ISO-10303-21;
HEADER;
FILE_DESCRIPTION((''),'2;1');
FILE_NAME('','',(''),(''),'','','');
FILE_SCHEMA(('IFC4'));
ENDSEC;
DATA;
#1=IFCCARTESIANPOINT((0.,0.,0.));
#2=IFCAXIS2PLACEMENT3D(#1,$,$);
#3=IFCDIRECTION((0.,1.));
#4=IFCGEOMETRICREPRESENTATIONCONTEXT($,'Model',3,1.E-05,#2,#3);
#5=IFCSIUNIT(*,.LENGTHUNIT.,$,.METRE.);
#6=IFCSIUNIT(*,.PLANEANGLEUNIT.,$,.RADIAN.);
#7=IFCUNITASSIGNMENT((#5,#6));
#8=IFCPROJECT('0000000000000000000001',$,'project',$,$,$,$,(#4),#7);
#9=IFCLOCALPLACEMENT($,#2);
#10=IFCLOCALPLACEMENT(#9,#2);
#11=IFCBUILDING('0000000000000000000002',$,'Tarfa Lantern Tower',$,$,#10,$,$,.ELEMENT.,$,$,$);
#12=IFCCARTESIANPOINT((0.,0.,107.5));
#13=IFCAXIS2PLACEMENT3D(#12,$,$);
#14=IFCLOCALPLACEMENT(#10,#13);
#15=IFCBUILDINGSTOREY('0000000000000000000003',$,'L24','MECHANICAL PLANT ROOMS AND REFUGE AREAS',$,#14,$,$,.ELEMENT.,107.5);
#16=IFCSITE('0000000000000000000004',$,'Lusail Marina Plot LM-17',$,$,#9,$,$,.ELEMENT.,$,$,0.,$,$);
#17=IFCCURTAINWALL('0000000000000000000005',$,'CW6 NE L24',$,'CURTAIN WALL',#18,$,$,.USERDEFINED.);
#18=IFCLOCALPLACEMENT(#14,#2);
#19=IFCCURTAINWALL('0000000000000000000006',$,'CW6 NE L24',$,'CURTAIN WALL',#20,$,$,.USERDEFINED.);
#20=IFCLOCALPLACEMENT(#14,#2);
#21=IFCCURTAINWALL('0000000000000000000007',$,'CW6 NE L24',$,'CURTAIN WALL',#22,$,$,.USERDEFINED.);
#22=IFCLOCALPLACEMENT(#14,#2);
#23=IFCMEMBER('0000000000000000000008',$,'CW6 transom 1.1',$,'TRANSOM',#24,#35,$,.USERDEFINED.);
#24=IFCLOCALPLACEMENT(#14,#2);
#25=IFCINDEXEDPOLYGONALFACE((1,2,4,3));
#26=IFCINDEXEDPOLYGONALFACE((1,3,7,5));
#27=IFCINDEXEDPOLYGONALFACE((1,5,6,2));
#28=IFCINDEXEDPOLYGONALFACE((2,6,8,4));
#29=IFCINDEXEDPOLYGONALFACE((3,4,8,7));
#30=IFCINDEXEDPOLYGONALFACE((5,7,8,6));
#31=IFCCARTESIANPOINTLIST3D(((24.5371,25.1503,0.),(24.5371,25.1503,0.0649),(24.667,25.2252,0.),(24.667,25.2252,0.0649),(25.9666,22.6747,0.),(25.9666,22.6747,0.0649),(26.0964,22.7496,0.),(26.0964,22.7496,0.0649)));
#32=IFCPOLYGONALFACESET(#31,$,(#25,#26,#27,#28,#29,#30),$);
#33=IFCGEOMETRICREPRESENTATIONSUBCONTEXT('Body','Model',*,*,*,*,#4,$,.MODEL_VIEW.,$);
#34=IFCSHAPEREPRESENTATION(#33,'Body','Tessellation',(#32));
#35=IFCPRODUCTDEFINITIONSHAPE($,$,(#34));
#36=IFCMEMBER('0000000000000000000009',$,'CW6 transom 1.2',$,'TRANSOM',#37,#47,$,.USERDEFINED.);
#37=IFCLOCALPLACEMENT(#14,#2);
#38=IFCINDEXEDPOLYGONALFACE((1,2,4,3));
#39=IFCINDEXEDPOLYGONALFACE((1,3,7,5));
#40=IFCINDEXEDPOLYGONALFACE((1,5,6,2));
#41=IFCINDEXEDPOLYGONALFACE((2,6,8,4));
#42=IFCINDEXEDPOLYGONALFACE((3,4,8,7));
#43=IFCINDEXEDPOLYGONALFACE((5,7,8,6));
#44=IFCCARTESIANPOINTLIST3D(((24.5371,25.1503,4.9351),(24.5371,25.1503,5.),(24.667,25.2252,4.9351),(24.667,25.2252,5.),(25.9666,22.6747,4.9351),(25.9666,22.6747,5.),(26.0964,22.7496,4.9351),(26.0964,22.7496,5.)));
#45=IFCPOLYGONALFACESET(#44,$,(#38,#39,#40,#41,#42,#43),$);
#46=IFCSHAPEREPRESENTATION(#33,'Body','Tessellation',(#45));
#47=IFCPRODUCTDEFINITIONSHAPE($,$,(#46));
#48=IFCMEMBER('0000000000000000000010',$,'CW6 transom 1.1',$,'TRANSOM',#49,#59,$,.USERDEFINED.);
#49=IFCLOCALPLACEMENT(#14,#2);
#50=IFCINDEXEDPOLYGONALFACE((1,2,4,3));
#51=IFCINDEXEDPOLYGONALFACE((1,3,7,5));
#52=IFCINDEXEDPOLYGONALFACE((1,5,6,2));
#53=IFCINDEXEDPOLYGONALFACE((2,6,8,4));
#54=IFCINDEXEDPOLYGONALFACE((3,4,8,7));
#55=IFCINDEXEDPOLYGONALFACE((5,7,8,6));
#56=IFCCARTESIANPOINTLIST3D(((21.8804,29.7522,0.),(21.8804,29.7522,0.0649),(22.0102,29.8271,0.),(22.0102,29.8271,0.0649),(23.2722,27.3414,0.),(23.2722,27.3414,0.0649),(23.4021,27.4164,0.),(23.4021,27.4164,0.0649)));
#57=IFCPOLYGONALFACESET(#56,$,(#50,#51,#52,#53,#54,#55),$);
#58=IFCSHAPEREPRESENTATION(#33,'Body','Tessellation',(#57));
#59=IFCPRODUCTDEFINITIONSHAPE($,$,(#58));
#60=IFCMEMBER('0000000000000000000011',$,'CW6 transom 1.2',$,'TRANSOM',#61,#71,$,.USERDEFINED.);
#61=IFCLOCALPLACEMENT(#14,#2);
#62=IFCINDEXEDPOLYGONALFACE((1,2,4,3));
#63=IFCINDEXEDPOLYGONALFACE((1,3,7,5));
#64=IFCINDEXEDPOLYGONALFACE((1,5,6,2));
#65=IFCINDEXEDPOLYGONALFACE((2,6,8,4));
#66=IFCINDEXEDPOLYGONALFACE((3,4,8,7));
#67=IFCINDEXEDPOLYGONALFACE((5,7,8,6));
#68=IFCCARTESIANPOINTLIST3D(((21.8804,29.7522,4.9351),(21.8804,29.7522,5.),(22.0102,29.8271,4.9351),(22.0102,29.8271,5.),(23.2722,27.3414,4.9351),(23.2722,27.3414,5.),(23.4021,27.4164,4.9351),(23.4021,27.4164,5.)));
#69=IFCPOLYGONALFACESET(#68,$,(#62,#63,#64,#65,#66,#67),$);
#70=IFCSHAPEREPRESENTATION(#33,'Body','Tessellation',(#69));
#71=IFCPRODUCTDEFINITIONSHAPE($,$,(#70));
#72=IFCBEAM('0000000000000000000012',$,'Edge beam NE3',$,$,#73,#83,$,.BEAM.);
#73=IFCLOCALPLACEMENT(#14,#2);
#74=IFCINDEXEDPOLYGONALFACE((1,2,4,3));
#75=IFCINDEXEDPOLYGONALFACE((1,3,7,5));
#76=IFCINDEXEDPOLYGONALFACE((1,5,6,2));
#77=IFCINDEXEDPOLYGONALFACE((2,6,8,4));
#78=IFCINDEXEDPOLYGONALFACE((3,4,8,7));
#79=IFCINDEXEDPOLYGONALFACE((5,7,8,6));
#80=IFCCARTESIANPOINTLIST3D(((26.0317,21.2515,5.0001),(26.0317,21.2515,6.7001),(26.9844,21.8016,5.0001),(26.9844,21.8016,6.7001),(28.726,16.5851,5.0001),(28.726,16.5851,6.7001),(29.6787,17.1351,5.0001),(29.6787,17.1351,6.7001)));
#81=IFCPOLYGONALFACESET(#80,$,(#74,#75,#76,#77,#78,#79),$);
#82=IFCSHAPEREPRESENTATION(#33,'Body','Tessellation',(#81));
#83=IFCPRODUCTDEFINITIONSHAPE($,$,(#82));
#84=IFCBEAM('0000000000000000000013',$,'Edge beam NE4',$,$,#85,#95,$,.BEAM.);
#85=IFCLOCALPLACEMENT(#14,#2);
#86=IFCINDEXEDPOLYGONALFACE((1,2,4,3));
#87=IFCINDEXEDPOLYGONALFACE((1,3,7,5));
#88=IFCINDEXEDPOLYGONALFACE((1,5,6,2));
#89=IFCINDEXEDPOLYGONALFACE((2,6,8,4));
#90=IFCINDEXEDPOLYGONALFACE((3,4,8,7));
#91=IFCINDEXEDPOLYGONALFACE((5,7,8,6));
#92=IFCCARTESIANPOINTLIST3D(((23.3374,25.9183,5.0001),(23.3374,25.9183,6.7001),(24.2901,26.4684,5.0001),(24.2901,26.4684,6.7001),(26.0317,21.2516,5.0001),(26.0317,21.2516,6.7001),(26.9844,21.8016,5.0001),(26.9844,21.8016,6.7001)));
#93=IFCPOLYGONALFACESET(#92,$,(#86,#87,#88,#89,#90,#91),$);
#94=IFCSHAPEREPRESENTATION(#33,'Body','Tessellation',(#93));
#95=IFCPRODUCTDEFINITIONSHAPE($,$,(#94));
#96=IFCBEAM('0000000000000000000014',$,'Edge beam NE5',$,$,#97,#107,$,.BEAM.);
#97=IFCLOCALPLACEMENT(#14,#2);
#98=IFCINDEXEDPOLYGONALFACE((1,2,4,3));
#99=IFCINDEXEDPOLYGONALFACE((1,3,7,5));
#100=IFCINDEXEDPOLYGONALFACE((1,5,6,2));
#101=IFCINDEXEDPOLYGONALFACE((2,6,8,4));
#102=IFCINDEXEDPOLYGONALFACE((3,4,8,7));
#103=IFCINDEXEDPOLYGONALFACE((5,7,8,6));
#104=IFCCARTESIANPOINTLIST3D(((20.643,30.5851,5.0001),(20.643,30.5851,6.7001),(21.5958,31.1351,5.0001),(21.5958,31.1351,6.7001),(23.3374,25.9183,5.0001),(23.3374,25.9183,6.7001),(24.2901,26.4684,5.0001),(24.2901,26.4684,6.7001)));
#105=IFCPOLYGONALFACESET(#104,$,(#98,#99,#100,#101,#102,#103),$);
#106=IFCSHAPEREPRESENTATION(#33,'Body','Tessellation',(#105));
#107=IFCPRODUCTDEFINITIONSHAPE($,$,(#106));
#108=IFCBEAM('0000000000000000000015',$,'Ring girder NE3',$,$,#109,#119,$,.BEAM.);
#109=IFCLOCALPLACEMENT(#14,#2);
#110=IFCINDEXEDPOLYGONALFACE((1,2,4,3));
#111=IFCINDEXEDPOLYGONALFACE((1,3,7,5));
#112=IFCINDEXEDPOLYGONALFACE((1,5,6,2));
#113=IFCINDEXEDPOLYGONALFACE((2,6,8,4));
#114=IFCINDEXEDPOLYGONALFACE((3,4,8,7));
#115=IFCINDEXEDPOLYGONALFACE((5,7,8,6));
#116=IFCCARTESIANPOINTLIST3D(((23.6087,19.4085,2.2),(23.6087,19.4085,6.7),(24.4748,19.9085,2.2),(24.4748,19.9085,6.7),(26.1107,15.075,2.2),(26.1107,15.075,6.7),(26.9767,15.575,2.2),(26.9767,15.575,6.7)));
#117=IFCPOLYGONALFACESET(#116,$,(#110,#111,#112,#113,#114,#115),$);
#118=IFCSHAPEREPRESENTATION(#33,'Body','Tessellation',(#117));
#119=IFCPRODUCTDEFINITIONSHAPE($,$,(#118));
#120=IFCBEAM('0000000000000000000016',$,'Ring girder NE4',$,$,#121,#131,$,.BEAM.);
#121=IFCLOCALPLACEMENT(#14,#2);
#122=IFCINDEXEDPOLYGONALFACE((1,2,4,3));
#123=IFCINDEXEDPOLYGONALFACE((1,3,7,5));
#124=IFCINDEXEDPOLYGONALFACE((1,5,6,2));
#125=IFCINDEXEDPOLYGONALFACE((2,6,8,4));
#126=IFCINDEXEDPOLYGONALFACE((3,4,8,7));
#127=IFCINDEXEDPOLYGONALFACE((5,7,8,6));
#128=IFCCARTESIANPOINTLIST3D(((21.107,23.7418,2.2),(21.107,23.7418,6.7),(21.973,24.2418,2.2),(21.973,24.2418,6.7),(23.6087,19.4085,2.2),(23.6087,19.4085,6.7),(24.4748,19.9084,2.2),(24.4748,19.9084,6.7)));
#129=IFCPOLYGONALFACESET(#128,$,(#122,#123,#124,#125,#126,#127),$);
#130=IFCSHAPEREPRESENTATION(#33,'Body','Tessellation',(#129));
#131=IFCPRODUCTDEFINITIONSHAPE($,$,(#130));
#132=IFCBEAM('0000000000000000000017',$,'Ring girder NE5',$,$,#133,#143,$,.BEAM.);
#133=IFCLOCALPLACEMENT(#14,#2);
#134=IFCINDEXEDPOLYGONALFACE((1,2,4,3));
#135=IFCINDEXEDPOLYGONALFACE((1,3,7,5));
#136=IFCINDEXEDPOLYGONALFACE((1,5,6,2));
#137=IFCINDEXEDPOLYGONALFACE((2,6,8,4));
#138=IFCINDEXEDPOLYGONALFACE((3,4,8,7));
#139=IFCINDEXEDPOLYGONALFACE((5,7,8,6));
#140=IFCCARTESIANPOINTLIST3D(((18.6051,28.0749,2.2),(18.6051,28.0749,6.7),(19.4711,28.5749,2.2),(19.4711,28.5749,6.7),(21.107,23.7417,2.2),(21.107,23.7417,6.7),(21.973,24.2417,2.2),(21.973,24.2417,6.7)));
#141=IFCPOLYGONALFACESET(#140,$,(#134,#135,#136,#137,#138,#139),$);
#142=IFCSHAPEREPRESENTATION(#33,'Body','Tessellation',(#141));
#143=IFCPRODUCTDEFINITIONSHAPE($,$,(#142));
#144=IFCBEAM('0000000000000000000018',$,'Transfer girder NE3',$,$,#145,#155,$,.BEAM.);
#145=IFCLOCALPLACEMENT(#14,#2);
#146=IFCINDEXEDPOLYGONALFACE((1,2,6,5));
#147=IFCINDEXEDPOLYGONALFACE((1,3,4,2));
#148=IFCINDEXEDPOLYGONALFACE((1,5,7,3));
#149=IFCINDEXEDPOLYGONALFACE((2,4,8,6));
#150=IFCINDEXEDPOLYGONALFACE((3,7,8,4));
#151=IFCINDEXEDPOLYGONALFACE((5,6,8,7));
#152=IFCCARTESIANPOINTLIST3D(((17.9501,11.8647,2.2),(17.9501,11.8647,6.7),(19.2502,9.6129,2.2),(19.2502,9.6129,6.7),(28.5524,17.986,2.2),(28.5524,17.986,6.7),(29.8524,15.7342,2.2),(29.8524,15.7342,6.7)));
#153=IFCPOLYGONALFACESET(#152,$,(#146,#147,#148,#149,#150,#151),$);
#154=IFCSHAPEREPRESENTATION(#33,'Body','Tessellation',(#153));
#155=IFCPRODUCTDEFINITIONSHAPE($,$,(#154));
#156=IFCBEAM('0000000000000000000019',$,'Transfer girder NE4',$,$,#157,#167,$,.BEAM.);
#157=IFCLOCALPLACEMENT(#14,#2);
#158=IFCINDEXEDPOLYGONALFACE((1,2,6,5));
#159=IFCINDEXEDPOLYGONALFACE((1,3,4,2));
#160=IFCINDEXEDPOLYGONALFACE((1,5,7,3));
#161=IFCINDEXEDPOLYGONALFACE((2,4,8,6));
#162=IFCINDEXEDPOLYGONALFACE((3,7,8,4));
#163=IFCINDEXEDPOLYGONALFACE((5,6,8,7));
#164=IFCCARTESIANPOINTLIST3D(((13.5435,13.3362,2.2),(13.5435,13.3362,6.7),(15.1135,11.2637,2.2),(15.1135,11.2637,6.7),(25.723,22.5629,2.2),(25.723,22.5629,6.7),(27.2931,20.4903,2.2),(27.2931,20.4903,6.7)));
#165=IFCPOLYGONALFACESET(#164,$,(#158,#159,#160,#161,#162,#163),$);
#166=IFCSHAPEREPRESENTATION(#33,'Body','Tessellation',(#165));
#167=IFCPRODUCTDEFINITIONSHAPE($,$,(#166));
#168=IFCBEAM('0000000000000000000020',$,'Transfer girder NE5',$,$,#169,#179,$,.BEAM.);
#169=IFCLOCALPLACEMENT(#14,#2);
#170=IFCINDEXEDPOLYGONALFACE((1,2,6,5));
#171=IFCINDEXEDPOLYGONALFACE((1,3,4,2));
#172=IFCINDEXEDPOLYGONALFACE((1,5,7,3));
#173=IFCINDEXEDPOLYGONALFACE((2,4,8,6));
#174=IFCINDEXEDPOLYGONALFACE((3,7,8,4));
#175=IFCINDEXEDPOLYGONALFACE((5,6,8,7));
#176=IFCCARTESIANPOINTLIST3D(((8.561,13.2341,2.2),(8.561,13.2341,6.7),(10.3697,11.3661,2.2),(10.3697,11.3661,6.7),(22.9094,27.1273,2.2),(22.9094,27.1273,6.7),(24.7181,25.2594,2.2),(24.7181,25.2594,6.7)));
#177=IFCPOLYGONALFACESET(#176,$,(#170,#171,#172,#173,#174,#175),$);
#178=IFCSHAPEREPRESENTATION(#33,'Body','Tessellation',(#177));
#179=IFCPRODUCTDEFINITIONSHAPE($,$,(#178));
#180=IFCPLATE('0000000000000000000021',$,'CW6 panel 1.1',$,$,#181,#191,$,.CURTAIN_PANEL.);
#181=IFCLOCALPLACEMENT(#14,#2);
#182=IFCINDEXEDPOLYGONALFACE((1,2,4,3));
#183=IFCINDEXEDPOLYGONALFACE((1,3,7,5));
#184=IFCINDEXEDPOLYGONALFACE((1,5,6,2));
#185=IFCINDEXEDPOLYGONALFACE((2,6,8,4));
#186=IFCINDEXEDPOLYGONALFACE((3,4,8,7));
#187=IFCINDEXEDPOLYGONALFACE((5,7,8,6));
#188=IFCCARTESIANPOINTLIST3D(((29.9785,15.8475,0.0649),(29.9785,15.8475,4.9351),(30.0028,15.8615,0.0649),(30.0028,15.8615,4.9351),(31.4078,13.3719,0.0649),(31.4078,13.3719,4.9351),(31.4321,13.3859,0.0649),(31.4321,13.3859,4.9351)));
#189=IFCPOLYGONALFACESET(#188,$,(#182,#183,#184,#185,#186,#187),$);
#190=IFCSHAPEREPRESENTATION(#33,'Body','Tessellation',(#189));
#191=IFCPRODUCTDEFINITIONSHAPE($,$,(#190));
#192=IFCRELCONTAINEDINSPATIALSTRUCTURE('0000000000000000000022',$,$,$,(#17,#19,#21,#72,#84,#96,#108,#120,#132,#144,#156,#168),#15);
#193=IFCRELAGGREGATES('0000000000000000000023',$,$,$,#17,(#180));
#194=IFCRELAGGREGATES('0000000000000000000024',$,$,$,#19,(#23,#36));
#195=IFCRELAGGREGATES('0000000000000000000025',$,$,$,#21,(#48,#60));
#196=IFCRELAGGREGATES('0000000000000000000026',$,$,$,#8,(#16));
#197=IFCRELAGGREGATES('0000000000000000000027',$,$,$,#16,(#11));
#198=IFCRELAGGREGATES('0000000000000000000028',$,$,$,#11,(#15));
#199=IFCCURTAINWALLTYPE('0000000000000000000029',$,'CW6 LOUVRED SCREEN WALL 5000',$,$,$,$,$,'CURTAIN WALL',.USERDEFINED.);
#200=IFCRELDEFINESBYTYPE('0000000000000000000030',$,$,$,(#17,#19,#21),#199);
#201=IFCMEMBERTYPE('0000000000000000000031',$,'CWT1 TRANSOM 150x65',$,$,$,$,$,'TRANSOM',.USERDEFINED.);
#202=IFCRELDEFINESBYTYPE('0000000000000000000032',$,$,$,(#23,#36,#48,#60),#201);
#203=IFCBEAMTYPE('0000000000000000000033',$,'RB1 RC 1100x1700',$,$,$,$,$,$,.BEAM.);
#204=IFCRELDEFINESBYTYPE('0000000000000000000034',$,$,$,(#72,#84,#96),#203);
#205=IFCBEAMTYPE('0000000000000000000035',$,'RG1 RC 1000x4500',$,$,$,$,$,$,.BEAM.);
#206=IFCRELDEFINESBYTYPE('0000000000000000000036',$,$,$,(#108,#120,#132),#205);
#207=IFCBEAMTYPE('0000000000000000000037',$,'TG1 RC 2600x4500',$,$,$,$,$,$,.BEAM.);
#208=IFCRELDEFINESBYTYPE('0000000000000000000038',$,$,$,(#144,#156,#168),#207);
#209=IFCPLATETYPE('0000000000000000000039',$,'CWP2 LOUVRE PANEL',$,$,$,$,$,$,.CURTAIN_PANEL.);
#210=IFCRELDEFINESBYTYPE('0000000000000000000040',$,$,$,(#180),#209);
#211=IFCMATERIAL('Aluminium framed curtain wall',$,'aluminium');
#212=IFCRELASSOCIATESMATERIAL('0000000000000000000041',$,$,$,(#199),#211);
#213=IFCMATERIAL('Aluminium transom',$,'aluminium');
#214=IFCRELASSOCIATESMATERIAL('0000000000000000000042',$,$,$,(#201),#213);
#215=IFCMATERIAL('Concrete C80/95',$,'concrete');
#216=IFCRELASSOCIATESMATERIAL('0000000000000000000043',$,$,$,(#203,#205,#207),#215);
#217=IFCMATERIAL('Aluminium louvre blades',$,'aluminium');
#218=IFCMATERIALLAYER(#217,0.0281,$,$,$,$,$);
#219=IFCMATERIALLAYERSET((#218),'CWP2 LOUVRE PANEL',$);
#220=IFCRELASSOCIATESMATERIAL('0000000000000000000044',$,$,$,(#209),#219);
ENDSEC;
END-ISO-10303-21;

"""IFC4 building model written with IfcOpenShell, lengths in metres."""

from ifc_helpers import new_model, si_unit, direction, frame, origin, origin_2d, place, context, subcontext, project, spatial, rectangle, extrude, material, layer, layer_set, material_profile, profile_set, type_object, element, aggregate, save


model = new_model("IFC4")

# Units and contexts
model_context = context("Model", 3, precision=1e-05, world=origin(), true_north=direction((0.0, 1.0)))
body_context = subcontext(model_context, "Body", "Model", "MODEL_VIEW")
ifc_project = project(units=[si_unit("LENGTHUNIT", "METRE"), si_unit("PLANEANGLEUNIT", "RADIAN")], contexts=[model_context])

# Site, building, storey
site_placement = place(None, origin())
site = spatial("IfcSite", under=ifc_project, at=site_placement, Name="Lusail Marina Plot LM-17", CompositionType="ELEMENT", RefElevation=0.0)
building_placement = place(site_placement, origin())
building = spatial("IfcBuilding", under=site, at=building_placement, Name="Tarfa Lantern Tower", CompositionType="ELEMENT")
storey_placement = place(building_placement, frame((0.0, 0.0, 107.5)))
storey = spatial("IfcBuildingStorey", under=building, at=storey_placement, Name="L24", Description="MECHANICAL PLANT ROOMS AND REFUGE AREAS", CompositionType="ELEMENT", Elevation=107.5)

# Shared definitions
ifc_material_1 = material(Name="Concrete C80/95", Category="concrete")

# Curtain wall
ifc_material_2 = material(Name="Aluminium framed curtain wall", Category="aluminium")
curtain_wall_type = type_object("IfcCurtainWallType", Name="CW6 LOUVRED SCREEN WALL 5000", ElementType="CURTAIN WALL", PredefinedType="USERDEFINED", material=ifc_material_2)
curtain_wall_1_placement = place(storey_placement, origin())
curtain_wall_1 = element("IfcCurtainWall", 1, at=curtain_wall_1_placement, inside=storey, type_object=curtain_wall_type, Name="CW6 NE L24", ObjectType="CURTAIN WALL", PredefinedType="USERDEFINED")

# Curtain walls
curtain_wall_2_placement = place(storey_placement, origin())
curtain_wall_2 = element("IfcCurtainWall", 2, at=curtain_wall_2_placement, inside=storey, type_object=curtain_wall_type, Name="CW6 NE L24", ObjectType="CURTAIN WALL", PredefinedType="USERDEFINED")
curtain_wall_3_placement = place(storey_placement, origin())
curtain_wall_3 = element("IfcCurtainWall", 3, at=curtain_wall_3_placement, inside=storey, type_object=curtain_wall_type, Name="CW6 NE L24", ObjectType="CURTAIN WALL", PredefinedType="USERDEFINED")

# Members
ifc_material_3 = material(Name="Aluminium transom", Category="aluminium")
ifc_material_profile_1 = material_profile(ifc_material_3, rectangle(XDim=0.1499, YDim=0.0649, at=origin_2d()), Name="AL TRANSOM 150x65")
ifc_profile_set_1 = profile_set([ifc_material_profile_1], Name="Aluminium transom")
member_type_1 = type_object("IfcMemberType", Name="CWT1 TRANSOM 150x65", ElementType="TRANSOM", PredefinedType="USERDEFINED", material=ifc_profile_set_1)
member_1_placement = place(storey_placement, frame((26.0315, 22.7122, 0.0325), z_axis=(-0.500043, 0.866001, 0.0), x_axis=(-0.866001, -0.500043, 0.0)))
member_1 = element("IfcMember", 4, at=member_1_placement, type_object=member_type_1, Name="CW6 transom 1.1", ObjectType="TRANSOM", PredefinedType="USERDEFINED", context=body_context, shape_type="SweptSolid", body=[
    extrude(rectangle(XDim=0.1499, YDim=0.0649, at=origin_2d()), origin(), (0.0, 0.0, 1.0), 2.8586),
])
member_2_placement = place(storey_placement, frame((26.0315, 22.7122, 4.9675), z_axis=(-0.500043, 0.866001, 0.0), x_axis=(-0.866001, -0.500043, 0.0)))
member_2 = element("IfcMember", 5, at=member_2_placement, type_object=member_type_1, Name="CW6 transom 1.2", ObjectType="TRANSOM", PredefinedType="USERDEFINED", context=body_context, shape_type="SweptSolid", body=[
    extrude(rectangle(XDim=0.1499, YDim=0.0649, at=origin_2d()), origin(), (0.0, 0.0, 1.0), 2.8586),
])
member_3_placement = place(storey_placement, frame((23.3372, 27.3789, 0.0325), z_axis=(-0.500016, 0.866016, 0.0), x_axis=(-0.866016, -0.500016, 0.0)))
member_3 = element("IfcMember", 6, at=member_3_placement, type_object=member_type_1, Name="CW6 transom 1.1", ObjectType="TRANSOM", PredefinedType="USERDEFINED", context=body_context, shape_type="SweptSolid", body=[
    extrude(rectangle(XDim=0.1499, YDim=0.0649, at=origin_2d()), origin(), (0.0, 0.0, 1.0), 2.7837),
])
member_4_placement = place(storey_placement, frame((23.3372, 27.3789, 4.9675), z_axis=(-0.500016, 0.866016, 0.0), x_axis=(-0.866016, -0.500016, 0.0)))
member_4 = element("IfcMember", 7, at=member_4_placement, type_object=member_type_1, Name="CW6 transom 1.2", ObjectType="TRANSOM", PredefinedType="USERDEFINED", context=body_context, shape_type="SweptSolid", body=[
    extrude(rectangle(XDim=0.1499, YDim=0.0649, at=origin_2d()), origin(), (0.0, 0.0, 1.0), 2.7837),
])

# Beams
ifc_material_profile_2 = material_profile(ifc_material_1, rectangle(XDim=1.1001, YDim=1.7, at=origin_2d()), Name="RC 1100x1700")
ifc_profile_set_2 = profile_set([ifc_material_profile_2], Name="Concrete C80/95")
beam_type_1 = type_object("IfcBeamType", Name="RB1 RC 1100x1700", PredefinedType="BEAM", material=ifc_profile_set_2)
beam_1_placement = place(storey_placement, frame((29.2024, 16.8601, 5.8501), z_axis=(-0.500018, 0.866015, 0.0), x_axis=(-0.866015, -0.500018, 0.0)))
element("IfcBeam", 8, at=beam_1_placement, inside=storey, type_object=beam_type_1, Name="Edge beam NE3", PredefinedType="BEAM", context=body_context, shape_type="SweptSolid", body=[
    extrude(rectangle(XDim=1.1001, YDim=1.7, at=origin_2d()), origin(), (0.0, 0.0, 1.0), 5.3884),
])
for number, where, z_axis, x_axis, name in (
    (9, (26.5081, 21.5266, 5.8501), (-0.499998, 0.866026, 0.0), (-0.866026, -0.499998, 0.0), "Edge beam NE4"),
    (10, (23.8137, 26.1934, 5.8501), (-0.499998, 0.866026, 0.0), (-0.866026, -0.499998, 0.0), "Edge beam NE5"),
):
    element("IfcBeam", number, at=place(storey_placement, frame(where, z_axis=z_axis, x_axis=x_axis)), inside=storey, type_object=beam_type_1, Name=name, PredefinedType="BEAM", context=body_context, shape_type="SweptSolid", body=[
        extrude(rectangle(XDim=1.1001, YDim=1.7, at=origin_2d()), origin(), (0.0, 0.0, 1.0), 5.3887),
    ])
ifc_material_profile_3 = material_profile(ifc_material_1, rectangle(XDim=1.0, YDim=4.5, at=origin_2d()), Name="RC 1000x4500")
ifc_profile_set_3 = profile_set([ifc_material_profile_3], Name="Concrete C80/95")
beam_type_2 = type_object("IfcBeamType", Name="RG1 RC 1000x4500", PredefinedType="BEAM", material=ifc_profile_set_3)
beam_2_placement = place(storey_placement, frame((26.5437, 15.325, 4.45), z_axis=(-0.500001, 0.866025, 0.0), x_axis=(-0.866025, -0.500001, 0.0)))
element("IfcBeam", 11, at=beam_2_placement, inside=storey, type_object=beam_type_2, Name="Ring girder NE3", PredefinedType="BEAM", context=body_context, shape_type="SweptSolid", body=[
    extrude(rectangle(XDim=1.0, YDim=4.5, at=origin_2d()), origin(), (0.0, 0.0, 1.0), 5.0039),
])
for number, where, z_axis, x_axis, name in (
    (12, (24.0417, 19.6584, 4.45), (-0.499986, 0.866034, 0.0), (-0.866034, -0.499986, 0.0), "Ring girder NE4"),
    (13, (21.54, 23.9917, 4.45), (-0.500022, 0.866013, 0.0), (-0.866013, -0.500022, 0.0), "Ring girder NE5"),
):
    element("IfcBeam", number, at=place(storey_placement, frame(where, z_axis=z_axis, x_axis=x_axis)), inside=storey, type_object=beam_type_2, Name=name, PredefinedType="BEAM", context=body_context, shape_type="SweptSolid", body=[
        extrude(rectangle(XDim=1.0, YDim=4.5, at=origin_2d()), origin(), (0.0, 0.0, 1.0), 5.0037),
    ])
ifc_material_profile_4 = material_profile(ifc_material_1, rectangle(XDim=2.6001, YDim=4.5, at=origin_2d()), Name="RC 2600x4500")
ifc_profile_set_4 = profile_set([ifc_material_profile_4], Name="Concrete C80/95")
beam_type_3 = type_object("IfcBeamType", Name="TG1 RC 2600x4500", PredefinedType="BEAM", material=ifc_profile_set_4)
beam_3_placement = place(storey_placement, frame((29.2024, 16.8601, 4.45), z_axis=(-0.866022, -0.500006, 0.0), x_axis=(0.500006, -0.866022, 0.0)))
element("IfcBeam", 14, at=beam_3_placement, inside=storey, type_object=beam_type_3, Name="Transfer girder NE3", PredefinedType="BEAM", context=body_context, shape_type="SweptSolid", body=[
    extrude(rectangle(XDim=2.6001, YDim=4.5, at=origin_2d()), origin(), (0.0, 0.0, 1.0), 12.2424),
])
beam_4_placement = place(storey_placement, frame((26.5081, 21.5266, 4.45), z_axis=(-0.797101, -0.603846, 0.0), x_axis=(0.603846, -0.797101, 0.0)))
element("IfcBeam", 15, at=beam_4_placement, inside=storey, type_object=beam_type_3, Name="Transfer girder NE4", PredefinedType="BEAM", context=body_context, shape_type="SweptSolid", body=[
    extrude(rectangle(XDim=2.6001, YDim=4.5, at=origin_2d()), origin(), (0.0, 0.0, 1.0), 15.2798),
])
beam_5_placement = place(storey_placement, frame((23.8137, 26.1934, 4.45), z_axis=(-0.718408, -0.695622, 0.0), x_axis=(0.695622, -0.718408, 0.0)))
element("IfcBeam", 16, at=beam_5_placement, inside=storey, type_object=beam_type_3, Name="Transfer girder NE5", PredefinedType="BEAM", context=body_context, shape_type="SweptSolid", body=[
    extrude(rectangle(XDim=2.6001, YDim=4.5, at=origin_2d()), origin(), (0.0, 0.0, 1.0), 19.9724),
])

# Plate
ifc_material_4 = material(Name="Aluminium louvre blades", Category="aluminium")
ifc_layer = layer(ifc_material_4, 0.0281)
ifc_layer_set = layer_set([ifc_layer], Name="CWP2 LOUVRE PANEL")
plate_type = type_object("IfcPlateType", Name="CWP2 LOUVRE PANEL", PredefinedType="CURTAIN_PANEL", material=ifc_layer_set)
plate_1_placement = place(storey_placement, frame((30.7053, 14.6167, 0.0649), z_axis=(0.0, 0.0, 1.0), x_axis=(-0.5, 0.866025, 0.0)))
plate_1 = element("IfcPlate", 17, at=plate_1_placement, type_object=plate_type, Name="CW6 panel 1.1", PredefinedType="CURTAIN_PANEL", context=body_context, shape_type="SweptSolid", body=[
    extrude(rectangle(XDim=2.8586, YDim=0.0281, at=origin_2d()), origin(), (0.0, 0.0, 1.0), 4.8701),
])
aggregate(curtain_wall_1, [plate_1])
aggregate(curtain_wall_2, [member_1, member_2])
aggregate(curtain_wall_3, [member_3, member_4])

save(model, "model.ifc")
